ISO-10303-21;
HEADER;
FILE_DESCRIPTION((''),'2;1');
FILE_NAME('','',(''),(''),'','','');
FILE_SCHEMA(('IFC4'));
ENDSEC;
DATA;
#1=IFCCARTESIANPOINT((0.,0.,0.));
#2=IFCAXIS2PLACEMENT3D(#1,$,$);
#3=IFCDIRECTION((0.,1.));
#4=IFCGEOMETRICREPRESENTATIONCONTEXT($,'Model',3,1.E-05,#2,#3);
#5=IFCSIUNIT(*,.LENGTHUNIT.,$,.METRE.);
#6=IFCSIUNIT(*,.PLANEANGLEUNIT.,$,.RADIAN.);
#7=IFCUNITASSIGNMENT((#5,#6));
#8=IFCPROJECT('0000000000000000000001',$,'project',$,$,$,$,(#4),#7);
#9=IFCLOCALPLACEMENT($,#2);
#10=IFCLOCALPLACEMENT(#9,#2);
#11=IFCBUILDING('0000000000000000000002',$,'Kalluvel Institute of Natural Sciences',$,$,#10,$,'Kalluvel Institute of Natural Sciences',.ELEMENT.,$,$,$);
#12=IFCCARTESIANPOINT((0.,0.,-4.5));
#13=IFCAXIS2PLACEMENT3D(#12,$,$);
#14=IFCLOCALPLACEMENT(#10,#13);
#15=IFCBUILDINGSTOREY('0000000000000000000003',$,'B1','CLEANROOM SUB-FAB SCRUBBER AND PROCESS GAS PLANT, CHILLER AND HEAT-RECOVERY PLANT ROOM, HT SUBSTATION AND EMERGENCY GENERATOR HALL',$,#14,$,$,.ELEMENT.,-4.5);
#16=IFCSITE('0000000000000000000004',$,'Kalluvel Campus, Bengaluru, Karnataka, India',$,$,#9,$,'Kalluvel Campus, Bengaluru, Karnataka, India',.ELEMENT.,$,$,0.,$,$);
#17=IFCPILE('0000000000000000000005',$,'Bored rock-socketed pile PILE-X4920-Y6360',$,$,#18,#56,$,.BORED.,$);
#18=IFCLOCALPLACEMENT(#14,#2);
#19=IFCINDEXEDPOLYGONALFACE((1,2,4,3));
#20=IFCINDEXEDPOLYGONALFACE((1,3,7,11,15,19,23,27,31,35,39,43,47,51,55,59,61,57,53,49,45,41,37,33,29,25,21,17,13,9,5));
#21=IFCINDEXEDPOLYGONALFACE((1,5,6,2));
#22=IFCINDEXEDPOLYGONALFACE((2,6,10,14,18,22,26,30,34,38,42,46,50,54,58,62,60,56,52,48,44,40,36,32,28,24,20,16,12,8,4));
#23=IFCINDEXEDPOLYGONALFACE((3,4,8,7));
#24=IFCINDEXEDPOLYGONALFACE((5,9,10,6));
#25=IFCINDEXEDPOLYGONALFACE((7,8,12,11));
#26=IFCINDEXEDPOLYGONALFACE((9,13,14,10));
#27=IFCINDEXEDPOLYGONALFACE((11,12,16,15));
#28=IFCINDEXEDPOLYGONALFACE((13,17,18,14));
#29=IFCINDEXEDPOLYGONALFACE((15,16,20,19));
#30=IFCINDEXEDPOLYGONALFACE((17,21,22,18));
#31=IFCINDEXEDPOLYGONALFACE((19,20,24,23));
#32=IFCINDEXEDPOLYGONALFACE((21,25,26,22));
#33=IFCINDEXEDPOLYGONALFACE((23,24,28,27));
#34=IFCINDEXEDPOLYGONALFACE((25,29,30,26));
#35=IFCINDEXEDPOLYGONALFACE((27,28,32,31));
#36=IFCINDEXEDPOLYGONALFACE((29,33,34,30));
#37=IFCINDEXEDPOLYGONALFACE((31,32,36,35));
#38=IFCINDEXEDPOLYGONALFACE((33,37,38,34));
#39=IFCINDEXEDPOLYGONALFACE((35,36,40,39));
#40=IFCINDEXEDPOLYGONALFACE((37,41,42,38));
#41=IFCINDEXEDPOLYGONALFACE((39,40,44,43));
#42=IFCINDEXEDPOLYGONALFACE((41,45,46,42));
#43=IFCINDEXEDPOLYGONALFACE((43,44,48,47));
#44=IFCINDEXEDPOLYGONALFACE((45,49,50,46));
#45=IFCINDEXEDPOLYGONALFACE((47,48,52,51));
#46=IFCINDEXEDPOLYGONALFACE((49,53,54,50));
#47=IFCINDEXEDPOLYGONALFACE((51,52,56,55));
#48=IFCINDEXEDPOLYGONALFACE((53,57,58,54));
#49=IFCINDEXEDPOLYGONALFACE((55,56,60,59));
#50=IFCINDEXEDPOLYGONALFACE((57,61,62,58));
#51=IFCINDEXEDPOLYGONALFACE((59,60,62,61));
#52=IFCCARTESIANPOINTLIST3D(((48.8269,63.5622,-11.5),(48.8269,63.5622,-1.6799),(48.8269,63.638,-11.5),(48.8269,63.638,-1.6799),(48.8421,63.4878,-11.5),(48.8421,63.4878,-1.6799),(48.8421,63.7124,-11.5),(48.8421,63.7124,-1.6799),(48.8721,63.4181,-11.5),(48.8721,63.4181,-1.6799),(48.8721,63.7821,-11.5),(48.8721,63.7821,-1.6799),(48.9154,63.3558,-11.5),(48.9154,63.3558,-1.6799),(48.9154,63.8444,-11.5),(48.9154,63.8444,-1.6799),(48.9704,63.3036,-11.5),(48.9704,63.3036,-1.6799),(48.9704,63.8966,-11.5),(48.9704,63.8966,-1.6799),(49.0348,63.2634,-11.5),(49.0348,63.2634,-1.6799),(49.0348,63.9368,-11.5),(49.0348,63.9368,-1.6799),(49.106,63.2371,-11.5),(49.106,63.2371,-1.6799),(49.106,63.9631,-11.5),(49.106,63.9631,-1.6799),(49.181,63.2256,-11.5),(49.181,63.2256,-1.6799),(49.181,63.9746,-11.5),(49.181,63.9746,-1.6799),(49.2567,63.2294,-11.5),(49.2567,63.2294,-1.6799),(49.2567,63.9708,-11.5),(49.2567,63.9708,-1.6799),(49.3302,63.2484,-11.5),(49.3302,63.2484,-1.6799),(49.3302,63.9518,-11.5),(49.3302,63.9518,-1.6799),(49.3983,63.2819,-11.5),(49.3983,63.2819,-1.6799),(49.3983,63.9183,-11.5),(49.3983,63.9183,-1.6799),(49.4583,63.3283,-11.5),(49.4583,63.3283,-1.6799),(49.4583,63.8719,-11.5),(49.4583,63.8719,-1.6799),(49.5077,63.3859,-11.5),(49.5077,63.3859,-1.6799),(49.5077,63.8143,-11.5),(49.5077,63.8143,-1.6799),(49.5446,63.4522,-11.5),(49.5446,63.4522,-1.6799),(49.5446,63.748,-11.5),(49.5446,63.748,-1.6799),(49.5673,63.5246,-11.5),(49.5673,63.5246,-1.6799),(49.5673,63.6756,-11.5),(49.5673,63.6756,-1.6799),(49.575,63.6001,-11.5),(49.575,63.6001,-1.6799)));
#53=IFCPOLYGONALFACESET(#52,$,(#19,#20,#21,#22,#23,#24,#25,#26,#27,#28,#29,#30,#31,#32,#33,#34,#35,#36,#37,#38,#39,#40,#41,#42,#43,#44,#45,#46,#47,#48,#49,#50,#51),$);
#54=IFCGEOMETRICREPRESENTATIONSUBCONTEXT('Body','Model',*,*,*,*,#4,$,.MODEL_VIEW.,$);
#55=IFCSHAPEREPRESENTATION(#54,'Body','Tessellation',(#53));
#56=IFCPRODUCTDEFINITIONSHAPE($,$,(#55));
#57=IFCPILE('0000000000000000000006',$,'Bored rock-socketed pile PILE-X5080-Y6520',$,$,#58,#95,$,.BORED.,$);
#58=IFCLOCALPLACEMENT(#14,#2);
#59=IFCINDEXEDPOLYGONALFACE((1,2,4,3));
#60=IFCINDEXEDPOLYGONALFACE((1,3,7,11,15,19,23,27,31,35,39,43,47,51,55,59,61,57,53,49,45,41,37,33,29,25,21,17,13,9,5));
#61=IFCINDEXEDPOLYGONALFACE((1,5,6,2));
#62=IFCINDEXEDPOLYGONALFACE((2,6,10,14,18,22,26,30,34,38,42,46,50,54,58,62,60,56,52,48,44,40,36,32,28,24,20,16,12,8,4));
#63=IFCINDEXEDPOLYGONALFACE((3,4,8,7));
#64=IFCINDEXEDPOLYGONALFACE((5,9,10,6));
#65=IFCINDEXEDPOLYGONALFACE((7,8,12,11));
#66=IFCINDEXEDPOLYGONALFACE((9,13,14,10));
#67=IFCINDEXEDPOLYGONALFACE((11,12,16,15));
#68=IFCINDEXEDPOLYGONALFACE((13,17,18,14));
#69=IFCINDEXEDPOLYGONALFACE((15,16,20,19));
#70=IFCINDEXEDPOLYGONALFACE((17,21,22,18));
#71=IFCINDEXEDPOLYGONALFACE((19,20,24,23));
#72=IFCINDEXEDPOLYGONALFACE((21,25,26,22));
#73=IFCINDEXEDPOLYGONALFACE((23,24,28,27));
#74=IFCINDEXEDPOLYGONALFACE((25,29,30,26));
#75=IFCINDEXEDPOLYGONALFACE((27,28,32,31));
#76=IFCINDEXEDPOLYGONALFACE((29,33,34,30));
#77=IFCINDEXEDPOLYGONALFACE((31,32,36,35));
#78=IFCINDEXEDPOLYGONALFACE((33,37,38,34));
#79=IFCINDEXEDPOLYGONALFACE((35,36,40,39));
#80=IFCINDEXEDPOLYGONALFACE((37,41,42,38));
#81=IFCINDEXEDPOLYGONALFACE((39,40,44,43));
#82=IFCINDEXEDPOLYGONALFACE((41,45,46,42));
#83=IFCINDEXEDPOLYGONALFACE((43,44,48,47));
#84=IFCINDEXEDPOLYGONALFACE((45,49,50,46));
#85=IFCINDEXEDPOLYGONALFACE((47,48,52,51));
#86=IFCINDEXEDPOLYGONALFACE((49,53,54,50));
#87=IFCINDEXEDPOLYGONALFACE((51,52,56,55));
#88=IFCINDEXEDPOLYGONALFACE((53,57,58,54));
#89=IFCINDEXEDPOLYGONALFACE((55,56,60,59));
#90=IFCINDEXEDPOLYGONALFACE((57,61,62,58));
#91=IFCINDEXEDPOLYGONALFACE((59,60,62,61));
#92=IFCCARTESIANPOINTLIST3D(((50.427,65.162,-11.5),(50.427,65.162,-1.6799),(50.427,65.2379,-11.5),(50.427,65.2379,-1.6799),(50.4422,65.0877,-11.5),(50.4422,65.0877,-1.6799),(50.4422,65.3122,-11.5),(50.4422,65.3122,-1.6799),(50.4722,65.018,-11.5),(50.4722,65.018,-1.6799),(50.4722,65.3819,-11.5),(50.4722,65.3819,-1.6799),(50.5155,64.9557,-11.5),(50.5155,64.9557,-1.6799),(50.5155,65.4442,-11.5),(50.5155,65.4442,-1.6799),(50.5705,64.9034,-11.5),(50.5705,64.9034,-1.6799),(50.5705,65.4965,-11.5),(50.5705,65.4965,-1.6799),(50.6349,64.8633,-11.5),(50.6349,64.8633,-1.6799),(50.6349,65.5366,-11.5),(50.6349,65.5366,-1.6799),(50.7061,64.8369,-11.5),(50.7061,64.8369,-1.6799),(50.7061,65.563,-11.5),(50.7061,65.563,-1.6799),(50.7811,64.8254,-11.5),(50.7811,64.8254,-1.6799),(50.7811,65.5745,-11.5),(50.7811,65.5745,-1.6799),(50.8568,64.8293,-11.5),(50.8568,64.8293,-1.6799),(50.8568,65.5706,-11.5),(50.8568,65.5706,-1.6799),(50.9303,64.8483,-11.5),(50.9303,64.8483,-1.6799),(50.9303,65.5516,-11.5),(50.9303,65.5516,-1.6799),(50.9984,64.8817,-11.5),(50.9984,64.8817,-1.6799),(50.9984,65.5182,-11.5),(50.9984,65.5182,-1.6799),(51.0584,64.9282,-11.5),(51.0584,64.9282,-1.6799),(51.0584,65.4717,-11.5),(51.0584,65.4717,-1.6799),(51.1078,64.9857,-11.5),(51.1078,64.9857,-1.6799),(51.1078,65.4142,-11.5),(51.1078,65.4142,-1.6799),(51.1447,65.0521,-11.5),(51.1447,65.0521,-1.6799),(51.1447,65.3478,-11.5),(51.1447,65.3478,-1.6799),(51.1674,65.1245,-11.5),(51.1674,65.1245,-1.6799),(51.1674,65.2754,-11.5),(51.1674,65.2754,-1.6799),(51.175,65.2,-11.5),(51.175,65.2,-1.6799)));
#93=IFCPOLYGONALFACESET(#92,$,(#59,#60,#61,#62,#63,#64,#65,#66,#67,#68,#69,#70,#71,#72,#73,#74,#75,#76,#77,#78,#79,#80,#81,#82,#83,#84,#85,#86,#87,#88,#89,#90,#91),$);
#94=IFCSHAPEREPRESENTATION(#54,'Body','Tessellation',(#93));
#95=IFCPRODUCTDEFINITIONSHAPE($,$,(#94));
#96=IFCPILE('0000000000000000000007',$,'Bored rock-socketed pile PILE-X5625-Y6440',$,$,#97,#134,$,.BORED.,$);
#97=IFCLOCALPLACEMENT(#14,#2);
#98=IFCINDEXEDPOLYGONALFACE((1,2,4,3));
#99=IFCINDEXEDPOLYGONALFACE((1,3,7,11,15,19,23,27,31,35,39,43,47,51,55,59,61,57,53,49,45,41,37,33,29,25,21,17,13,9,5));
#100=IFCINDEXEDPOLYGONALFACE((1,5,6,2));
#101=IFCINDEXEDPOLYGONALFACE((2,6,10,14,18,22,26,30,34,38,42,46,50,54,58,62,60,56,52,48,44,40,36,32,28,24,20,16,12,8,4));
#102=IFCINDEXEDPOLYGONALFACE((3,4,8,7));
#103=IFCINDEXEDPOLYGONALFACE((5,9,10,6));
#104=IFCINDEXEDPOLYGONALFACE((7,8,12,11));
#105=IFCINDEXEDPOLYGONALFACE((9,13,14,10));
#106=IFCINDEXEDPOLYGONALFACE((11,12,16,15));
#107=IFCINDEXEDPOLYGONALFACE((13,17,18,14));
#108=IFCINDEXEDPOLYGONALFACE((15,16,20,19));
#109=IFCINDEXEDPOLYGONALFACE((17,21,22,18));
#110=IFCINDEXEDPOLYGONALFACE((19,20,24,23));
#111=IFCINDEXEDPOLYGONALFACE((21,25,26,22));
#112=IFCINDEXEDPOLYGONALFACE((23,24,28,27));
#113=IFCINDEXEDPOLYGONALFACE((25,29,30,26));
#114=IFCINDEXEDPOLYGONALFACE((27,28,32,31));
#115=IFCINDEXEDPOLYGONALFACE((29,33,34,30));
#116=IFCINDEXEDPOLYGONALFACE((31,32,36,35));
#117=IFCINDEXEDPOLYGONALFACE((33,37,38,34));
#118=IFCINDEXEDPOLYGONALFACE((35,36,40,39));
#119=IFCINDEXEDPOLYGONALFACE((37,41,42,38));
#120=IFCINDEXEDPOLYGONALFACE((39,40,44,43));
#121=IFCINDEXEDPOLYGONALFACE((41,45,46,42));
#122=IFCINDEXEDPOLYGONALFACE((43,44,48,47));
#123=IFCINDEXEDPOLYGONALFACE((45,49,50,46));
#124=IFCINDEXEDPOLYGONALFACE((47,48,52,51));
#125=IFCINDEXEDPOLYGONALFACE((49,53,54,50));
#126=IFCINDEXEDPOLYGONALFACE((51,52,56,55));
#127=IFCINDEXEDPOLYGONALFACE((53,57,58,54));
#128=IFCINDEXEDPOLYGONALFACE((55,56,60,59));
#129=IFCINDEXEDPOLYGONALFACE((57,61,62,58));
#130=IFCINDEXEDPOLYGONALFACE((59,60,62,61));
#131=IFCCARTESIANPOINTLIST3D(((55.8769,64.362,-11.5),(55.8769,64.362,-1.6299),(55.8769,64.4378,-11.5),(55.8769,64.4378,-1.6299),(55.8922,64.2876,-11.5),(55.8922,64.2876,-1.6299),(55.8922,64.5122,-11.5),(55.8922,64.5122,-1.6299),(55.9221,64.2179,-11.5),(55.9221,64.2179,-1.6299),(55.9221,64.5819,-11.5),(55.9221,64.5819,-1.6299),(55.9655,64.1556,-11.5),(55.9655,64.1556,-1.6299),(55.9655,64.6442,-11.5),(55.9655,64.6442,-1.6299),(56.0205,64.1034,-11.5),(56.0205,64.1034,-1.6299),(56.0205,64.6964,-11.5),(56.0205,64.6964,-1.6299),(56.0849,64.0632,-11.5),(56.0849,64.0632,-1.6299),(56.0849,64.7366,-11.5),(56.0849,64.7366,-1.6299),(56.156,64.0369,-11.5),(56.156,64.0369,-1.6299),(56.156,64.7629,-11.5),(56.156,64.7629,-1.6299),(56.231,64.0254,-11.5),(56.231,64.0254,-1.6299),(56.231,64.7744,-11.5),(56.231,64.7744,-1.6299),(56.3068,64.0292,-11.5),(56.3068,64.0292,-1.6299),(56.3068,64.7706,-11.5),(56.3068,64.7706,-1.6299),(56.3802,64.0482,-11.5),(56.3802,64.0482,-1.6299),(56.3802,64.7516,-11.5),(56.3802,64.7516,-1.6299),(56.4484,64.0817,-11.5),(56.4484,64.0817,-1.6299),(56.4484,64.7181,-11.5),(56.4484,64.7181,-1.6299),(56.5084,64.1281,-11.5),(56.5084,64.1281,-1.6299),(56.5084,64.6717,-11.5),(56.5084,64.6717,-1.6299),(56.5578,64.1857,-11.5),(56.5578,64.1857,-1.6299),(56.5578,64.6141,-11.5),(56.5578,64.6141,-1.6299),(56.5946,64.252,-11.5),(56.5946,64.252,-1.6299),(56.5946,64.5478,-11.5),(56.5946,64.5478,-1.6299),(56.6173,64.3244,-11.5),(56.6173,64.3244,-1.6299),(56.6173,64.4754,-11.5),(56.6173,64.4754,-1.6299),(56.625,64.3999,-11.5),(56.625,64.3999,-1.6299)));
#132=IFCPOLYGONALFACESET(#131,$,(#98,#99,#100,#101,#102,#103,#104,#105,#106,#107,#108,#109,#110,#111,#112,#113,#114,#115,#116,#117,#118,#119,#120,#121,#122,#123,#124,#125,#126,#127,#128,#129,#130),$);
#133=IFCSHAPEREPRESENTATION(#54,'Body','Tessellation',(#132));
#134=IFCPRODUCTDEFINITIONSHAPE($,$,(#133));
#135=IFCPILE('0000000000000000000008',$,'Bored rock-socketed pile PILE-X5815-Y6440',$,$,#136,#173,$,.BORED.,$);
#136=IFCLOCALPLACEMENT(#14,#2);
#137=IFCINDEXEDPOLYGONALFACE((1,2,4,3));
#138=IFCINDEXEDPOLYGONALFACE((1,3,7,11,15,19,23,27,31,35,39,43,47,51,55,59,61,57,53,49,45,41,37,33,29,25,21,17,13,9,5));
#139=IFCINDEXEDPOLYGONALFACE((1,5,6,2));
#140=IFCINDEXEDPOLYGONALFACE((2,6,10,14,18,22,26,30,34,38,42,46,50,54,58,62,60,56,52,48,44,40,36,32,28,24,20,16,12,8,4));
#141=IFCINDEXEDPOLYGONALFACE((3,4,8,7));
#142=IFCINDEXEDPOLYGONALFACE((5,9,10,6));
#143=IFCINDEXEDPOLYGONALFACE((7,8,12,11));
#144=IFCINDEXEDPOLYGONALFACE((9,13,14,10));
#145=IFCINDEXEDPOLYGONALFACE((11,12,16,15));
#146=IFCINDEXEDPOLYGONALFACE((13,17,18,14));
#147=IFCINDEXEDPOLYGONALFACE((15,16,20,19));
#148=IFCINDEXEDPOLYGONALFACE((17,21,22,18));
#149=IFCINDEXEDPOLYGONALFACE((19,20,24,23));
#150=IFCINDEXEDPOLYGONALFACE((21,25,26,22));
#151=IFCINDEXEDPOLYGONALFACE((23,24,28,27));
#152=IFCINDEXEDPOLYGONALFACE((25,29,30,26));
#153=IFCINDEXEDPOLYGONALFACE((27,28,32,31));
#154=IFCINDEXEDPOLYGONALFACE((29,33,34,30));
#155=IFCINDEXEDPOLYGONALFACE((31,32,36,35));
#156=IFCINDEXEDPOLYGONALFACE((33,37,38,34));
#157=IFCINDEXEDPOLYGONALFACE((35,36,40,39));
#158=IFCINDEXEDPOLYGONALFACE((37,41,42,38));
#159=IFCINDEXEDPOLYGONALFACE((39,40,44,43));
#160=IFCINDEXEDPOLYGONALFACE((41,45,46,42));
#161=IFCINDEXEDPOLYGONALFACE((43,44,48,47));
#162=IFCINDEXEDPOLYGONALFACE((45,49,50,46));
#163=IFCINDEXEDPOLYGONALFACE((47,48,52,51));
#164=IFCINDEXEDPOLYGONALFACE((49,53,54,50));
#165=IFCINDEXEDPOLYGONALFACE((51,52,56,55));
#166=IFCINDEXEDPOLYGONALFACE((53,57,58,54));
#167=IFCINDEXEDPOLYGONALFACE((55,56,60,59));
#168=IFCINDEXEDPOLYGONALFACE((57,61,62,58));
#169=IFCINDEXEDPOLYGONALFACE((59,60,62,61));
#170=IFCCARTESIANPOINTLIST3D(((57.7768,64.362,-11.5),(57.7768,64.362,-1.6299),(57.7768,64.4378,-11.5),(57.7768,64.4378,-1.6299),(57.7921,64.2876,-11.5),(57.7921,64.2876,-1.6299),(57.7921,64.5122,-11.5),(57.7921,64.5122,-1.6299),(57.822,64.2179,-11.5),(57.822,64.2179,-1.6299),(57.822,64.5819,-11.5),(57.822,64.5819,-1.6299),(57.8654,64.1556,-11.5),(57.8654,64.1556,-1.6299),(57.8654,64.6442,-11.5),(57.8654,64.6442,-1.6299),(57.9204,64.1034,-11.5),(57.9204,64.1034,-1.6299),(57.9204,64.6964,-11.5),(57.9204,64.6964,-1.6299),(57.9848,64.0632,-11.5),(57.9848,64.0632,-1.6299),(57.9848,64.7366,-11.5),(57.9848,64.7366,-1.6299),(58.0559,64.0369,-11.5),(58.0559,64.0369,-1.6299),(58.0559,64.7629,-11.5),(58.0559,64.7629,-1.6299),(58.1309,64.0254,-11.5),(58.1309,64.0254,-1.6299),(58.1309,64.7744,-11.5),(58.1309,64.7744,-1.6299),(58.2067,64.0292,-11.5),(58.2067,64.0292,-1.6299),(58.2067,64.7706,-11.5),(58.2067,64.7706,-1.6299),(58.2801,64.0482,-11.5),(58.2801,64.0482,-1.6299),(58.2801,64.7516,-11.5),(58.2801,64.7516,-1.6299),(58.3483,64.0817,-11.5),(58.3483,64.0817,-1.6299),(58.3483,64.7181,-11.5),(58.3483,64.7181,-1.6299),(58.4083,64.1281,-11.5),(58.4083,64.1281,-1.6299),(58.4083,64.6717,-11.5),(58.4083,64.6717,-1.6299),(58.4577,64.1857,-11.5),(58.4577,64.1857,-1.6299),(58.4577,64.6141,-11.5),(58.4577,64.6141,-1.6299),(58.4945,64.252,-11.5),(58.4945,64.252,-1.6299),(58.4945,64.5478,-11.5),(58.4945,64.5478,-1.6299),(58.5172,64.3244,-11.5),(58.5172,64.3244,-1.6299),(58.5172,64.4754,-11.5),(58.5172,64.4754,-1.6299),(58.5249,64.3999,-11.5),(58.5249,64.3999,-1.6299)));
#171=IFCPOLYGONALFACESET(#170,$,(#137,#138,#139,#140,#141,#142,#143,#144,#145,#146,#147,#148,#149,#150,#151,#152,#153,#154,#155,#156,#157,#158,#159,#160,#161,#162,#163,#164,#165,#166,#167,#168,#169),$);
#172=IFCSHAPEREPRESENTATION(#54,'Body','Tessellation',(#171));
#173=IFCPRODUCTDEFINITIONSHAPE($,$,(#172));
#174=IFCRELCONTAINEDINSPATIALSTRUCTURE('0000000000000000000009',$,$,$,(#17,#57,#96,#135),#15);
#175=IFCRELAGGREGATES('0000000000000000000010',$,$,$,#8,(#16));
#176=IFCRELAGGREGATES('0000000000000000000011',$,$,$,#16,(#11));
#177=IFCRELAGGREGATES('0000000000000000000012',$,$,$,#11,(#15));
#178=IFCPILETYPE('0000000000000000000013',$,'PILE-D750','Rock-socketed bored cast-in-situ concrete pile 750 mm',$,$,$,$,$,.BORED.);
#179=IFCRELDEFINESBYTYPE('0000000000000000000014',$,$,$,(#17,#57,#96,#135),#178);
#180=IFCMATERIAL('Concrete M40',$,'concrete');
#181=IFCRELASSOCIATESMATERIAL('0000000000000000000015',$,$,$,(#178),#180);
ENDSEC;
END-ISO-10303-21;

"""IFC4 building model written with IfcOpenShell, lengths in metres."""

from ifc_helpers import new_model, si_unit, direction, frame, origin, origin_2d, place, context, subcontext, project, spatial, circle, extrude, material, material_profile, profile_set, type_object, element, save


model = new_model("IFC4")

# Units and contexts
model_context = context("Model", 3, precision=1e-05, world=origin(), true_north=direction((0.0, 1.0)))
body_context = subcontext(model_context, "Body", "Model", "MODEL_VIEW")
ifc_project = project(units=[si_unit("LENGTHUNIT", "METRE"), si_unit("PLANEANGLEUNIT", "RADIAN")], contexts=[model_context])

# Site, building, storey
site_placement = place(None, origin())
site = spatial("IfcSite", under=ifc_project, at=site_placement, Name="Kalluvel Campus, Bengaluru, Karnataka, India", LongName="Kalluvel Campus, Bengaluru, Karnataka, India", CompositionType="ELEMENT", RefElevation=0.0)
building_placement = place(site_placement, origin())
building = spatial("IfcBuilding", under=site, at=building_placement, Name="Kalluvel Institute of Natural Sciences", LongName="Kalluvel Institute of Natural Sciences", CompositionType="ELEMENT")
storey_placement = place(building_placement, frame((0.0, 0.0, -4.5)))
storey = spatial("IfcBuildingStorey", under=building, at=storey_placement, Name="B1", Description="CLEANROOM SUB-FAB SCRUBBER AND PROCESS GAS PLANT, CHILLER AND HEAT-RECOVERY PLANT ROOM, HT SUBSTATION AND EMERGENCY GENERATOR HALL", CompositionType="ELEMENT", Elevation=-4.5)

# Shared definitions
ifc_material_1 = material(Name="Concrete M40", Category="concrete")

# Piles
ifc_material_profile_1 = material_profile(ifc_material_1, circle(Radius=0.375, at=origin_2d()), Name="PILE D750")
ifc_profile_set_1 = profile_set([ifc_material_profile_1], Name="Concrete M40")
pile_type_1 = type_object("IfcPileType", Name="PILE-D750", Description="Rock-socketed bored cast-in-situ concrete pile 750 mm", PredefinedType="BORED", material=ifc_profile_set_1)
for number, where, z_axis, x_axis, name in (
    (1, (49.2, 63.6001, -1.6799), (0.0, 0.0, -1.0), (1.0, 0.0, 0.0), "Bored rock-socketed pile PILE-X4920-Y6360"),
    (2, (50.8, 65.2, -1.6799), (0.0, 0.0, -1.0), (1.0, 0.0, 0.0), "Bored rock-socketed pile PILE-X5080-Y6520"),
):
    element("IfcPile", number, at=place(storey_placement, frame(where, z_axis=z_axis, x_axis=x_axis)), inside=storey, type_object=pile_type_1, Name=name, PredefinedType="BORED", context=body_context, shape_type="SweptSolid", body=[
        extrude(circle(Radius=0.375, at=origin_2d()), origin(), (0.0, 0.0, 1.0), 9.8201),
    ])
for number, where, z_axis, x_axis, name in (
    (3, (56.25, 64.3999, -1.6299), (0.0, 0.0, -1.0), (1.0, 0.0, 0.0), "Bored rock-socketed pile PILE-X5625-Y6440"),
    (4, (58.1499, 64.3999, -1.6299), (0.0, 0.0, -1.0), (1.0, 0.0, 0.0), "Bored rock-socketed pile PILE-X5815-Y6440"),
):
    element("IfcPile", number, at=place(storey_placement, frame(where, z_axis=z_axis, x_axis=x_axis)), inside=storey, type_object=pile_type_1, Name=name, PredefinedType="BORED", context=body_context, shape_type="SweptSolid", body=[
        extrude(circle(Radius=0.375, at=origin_2d()), origin(), (0.0, 0.0, 1.0), 9.8701),
    ])

save(model, "model.ifc")
